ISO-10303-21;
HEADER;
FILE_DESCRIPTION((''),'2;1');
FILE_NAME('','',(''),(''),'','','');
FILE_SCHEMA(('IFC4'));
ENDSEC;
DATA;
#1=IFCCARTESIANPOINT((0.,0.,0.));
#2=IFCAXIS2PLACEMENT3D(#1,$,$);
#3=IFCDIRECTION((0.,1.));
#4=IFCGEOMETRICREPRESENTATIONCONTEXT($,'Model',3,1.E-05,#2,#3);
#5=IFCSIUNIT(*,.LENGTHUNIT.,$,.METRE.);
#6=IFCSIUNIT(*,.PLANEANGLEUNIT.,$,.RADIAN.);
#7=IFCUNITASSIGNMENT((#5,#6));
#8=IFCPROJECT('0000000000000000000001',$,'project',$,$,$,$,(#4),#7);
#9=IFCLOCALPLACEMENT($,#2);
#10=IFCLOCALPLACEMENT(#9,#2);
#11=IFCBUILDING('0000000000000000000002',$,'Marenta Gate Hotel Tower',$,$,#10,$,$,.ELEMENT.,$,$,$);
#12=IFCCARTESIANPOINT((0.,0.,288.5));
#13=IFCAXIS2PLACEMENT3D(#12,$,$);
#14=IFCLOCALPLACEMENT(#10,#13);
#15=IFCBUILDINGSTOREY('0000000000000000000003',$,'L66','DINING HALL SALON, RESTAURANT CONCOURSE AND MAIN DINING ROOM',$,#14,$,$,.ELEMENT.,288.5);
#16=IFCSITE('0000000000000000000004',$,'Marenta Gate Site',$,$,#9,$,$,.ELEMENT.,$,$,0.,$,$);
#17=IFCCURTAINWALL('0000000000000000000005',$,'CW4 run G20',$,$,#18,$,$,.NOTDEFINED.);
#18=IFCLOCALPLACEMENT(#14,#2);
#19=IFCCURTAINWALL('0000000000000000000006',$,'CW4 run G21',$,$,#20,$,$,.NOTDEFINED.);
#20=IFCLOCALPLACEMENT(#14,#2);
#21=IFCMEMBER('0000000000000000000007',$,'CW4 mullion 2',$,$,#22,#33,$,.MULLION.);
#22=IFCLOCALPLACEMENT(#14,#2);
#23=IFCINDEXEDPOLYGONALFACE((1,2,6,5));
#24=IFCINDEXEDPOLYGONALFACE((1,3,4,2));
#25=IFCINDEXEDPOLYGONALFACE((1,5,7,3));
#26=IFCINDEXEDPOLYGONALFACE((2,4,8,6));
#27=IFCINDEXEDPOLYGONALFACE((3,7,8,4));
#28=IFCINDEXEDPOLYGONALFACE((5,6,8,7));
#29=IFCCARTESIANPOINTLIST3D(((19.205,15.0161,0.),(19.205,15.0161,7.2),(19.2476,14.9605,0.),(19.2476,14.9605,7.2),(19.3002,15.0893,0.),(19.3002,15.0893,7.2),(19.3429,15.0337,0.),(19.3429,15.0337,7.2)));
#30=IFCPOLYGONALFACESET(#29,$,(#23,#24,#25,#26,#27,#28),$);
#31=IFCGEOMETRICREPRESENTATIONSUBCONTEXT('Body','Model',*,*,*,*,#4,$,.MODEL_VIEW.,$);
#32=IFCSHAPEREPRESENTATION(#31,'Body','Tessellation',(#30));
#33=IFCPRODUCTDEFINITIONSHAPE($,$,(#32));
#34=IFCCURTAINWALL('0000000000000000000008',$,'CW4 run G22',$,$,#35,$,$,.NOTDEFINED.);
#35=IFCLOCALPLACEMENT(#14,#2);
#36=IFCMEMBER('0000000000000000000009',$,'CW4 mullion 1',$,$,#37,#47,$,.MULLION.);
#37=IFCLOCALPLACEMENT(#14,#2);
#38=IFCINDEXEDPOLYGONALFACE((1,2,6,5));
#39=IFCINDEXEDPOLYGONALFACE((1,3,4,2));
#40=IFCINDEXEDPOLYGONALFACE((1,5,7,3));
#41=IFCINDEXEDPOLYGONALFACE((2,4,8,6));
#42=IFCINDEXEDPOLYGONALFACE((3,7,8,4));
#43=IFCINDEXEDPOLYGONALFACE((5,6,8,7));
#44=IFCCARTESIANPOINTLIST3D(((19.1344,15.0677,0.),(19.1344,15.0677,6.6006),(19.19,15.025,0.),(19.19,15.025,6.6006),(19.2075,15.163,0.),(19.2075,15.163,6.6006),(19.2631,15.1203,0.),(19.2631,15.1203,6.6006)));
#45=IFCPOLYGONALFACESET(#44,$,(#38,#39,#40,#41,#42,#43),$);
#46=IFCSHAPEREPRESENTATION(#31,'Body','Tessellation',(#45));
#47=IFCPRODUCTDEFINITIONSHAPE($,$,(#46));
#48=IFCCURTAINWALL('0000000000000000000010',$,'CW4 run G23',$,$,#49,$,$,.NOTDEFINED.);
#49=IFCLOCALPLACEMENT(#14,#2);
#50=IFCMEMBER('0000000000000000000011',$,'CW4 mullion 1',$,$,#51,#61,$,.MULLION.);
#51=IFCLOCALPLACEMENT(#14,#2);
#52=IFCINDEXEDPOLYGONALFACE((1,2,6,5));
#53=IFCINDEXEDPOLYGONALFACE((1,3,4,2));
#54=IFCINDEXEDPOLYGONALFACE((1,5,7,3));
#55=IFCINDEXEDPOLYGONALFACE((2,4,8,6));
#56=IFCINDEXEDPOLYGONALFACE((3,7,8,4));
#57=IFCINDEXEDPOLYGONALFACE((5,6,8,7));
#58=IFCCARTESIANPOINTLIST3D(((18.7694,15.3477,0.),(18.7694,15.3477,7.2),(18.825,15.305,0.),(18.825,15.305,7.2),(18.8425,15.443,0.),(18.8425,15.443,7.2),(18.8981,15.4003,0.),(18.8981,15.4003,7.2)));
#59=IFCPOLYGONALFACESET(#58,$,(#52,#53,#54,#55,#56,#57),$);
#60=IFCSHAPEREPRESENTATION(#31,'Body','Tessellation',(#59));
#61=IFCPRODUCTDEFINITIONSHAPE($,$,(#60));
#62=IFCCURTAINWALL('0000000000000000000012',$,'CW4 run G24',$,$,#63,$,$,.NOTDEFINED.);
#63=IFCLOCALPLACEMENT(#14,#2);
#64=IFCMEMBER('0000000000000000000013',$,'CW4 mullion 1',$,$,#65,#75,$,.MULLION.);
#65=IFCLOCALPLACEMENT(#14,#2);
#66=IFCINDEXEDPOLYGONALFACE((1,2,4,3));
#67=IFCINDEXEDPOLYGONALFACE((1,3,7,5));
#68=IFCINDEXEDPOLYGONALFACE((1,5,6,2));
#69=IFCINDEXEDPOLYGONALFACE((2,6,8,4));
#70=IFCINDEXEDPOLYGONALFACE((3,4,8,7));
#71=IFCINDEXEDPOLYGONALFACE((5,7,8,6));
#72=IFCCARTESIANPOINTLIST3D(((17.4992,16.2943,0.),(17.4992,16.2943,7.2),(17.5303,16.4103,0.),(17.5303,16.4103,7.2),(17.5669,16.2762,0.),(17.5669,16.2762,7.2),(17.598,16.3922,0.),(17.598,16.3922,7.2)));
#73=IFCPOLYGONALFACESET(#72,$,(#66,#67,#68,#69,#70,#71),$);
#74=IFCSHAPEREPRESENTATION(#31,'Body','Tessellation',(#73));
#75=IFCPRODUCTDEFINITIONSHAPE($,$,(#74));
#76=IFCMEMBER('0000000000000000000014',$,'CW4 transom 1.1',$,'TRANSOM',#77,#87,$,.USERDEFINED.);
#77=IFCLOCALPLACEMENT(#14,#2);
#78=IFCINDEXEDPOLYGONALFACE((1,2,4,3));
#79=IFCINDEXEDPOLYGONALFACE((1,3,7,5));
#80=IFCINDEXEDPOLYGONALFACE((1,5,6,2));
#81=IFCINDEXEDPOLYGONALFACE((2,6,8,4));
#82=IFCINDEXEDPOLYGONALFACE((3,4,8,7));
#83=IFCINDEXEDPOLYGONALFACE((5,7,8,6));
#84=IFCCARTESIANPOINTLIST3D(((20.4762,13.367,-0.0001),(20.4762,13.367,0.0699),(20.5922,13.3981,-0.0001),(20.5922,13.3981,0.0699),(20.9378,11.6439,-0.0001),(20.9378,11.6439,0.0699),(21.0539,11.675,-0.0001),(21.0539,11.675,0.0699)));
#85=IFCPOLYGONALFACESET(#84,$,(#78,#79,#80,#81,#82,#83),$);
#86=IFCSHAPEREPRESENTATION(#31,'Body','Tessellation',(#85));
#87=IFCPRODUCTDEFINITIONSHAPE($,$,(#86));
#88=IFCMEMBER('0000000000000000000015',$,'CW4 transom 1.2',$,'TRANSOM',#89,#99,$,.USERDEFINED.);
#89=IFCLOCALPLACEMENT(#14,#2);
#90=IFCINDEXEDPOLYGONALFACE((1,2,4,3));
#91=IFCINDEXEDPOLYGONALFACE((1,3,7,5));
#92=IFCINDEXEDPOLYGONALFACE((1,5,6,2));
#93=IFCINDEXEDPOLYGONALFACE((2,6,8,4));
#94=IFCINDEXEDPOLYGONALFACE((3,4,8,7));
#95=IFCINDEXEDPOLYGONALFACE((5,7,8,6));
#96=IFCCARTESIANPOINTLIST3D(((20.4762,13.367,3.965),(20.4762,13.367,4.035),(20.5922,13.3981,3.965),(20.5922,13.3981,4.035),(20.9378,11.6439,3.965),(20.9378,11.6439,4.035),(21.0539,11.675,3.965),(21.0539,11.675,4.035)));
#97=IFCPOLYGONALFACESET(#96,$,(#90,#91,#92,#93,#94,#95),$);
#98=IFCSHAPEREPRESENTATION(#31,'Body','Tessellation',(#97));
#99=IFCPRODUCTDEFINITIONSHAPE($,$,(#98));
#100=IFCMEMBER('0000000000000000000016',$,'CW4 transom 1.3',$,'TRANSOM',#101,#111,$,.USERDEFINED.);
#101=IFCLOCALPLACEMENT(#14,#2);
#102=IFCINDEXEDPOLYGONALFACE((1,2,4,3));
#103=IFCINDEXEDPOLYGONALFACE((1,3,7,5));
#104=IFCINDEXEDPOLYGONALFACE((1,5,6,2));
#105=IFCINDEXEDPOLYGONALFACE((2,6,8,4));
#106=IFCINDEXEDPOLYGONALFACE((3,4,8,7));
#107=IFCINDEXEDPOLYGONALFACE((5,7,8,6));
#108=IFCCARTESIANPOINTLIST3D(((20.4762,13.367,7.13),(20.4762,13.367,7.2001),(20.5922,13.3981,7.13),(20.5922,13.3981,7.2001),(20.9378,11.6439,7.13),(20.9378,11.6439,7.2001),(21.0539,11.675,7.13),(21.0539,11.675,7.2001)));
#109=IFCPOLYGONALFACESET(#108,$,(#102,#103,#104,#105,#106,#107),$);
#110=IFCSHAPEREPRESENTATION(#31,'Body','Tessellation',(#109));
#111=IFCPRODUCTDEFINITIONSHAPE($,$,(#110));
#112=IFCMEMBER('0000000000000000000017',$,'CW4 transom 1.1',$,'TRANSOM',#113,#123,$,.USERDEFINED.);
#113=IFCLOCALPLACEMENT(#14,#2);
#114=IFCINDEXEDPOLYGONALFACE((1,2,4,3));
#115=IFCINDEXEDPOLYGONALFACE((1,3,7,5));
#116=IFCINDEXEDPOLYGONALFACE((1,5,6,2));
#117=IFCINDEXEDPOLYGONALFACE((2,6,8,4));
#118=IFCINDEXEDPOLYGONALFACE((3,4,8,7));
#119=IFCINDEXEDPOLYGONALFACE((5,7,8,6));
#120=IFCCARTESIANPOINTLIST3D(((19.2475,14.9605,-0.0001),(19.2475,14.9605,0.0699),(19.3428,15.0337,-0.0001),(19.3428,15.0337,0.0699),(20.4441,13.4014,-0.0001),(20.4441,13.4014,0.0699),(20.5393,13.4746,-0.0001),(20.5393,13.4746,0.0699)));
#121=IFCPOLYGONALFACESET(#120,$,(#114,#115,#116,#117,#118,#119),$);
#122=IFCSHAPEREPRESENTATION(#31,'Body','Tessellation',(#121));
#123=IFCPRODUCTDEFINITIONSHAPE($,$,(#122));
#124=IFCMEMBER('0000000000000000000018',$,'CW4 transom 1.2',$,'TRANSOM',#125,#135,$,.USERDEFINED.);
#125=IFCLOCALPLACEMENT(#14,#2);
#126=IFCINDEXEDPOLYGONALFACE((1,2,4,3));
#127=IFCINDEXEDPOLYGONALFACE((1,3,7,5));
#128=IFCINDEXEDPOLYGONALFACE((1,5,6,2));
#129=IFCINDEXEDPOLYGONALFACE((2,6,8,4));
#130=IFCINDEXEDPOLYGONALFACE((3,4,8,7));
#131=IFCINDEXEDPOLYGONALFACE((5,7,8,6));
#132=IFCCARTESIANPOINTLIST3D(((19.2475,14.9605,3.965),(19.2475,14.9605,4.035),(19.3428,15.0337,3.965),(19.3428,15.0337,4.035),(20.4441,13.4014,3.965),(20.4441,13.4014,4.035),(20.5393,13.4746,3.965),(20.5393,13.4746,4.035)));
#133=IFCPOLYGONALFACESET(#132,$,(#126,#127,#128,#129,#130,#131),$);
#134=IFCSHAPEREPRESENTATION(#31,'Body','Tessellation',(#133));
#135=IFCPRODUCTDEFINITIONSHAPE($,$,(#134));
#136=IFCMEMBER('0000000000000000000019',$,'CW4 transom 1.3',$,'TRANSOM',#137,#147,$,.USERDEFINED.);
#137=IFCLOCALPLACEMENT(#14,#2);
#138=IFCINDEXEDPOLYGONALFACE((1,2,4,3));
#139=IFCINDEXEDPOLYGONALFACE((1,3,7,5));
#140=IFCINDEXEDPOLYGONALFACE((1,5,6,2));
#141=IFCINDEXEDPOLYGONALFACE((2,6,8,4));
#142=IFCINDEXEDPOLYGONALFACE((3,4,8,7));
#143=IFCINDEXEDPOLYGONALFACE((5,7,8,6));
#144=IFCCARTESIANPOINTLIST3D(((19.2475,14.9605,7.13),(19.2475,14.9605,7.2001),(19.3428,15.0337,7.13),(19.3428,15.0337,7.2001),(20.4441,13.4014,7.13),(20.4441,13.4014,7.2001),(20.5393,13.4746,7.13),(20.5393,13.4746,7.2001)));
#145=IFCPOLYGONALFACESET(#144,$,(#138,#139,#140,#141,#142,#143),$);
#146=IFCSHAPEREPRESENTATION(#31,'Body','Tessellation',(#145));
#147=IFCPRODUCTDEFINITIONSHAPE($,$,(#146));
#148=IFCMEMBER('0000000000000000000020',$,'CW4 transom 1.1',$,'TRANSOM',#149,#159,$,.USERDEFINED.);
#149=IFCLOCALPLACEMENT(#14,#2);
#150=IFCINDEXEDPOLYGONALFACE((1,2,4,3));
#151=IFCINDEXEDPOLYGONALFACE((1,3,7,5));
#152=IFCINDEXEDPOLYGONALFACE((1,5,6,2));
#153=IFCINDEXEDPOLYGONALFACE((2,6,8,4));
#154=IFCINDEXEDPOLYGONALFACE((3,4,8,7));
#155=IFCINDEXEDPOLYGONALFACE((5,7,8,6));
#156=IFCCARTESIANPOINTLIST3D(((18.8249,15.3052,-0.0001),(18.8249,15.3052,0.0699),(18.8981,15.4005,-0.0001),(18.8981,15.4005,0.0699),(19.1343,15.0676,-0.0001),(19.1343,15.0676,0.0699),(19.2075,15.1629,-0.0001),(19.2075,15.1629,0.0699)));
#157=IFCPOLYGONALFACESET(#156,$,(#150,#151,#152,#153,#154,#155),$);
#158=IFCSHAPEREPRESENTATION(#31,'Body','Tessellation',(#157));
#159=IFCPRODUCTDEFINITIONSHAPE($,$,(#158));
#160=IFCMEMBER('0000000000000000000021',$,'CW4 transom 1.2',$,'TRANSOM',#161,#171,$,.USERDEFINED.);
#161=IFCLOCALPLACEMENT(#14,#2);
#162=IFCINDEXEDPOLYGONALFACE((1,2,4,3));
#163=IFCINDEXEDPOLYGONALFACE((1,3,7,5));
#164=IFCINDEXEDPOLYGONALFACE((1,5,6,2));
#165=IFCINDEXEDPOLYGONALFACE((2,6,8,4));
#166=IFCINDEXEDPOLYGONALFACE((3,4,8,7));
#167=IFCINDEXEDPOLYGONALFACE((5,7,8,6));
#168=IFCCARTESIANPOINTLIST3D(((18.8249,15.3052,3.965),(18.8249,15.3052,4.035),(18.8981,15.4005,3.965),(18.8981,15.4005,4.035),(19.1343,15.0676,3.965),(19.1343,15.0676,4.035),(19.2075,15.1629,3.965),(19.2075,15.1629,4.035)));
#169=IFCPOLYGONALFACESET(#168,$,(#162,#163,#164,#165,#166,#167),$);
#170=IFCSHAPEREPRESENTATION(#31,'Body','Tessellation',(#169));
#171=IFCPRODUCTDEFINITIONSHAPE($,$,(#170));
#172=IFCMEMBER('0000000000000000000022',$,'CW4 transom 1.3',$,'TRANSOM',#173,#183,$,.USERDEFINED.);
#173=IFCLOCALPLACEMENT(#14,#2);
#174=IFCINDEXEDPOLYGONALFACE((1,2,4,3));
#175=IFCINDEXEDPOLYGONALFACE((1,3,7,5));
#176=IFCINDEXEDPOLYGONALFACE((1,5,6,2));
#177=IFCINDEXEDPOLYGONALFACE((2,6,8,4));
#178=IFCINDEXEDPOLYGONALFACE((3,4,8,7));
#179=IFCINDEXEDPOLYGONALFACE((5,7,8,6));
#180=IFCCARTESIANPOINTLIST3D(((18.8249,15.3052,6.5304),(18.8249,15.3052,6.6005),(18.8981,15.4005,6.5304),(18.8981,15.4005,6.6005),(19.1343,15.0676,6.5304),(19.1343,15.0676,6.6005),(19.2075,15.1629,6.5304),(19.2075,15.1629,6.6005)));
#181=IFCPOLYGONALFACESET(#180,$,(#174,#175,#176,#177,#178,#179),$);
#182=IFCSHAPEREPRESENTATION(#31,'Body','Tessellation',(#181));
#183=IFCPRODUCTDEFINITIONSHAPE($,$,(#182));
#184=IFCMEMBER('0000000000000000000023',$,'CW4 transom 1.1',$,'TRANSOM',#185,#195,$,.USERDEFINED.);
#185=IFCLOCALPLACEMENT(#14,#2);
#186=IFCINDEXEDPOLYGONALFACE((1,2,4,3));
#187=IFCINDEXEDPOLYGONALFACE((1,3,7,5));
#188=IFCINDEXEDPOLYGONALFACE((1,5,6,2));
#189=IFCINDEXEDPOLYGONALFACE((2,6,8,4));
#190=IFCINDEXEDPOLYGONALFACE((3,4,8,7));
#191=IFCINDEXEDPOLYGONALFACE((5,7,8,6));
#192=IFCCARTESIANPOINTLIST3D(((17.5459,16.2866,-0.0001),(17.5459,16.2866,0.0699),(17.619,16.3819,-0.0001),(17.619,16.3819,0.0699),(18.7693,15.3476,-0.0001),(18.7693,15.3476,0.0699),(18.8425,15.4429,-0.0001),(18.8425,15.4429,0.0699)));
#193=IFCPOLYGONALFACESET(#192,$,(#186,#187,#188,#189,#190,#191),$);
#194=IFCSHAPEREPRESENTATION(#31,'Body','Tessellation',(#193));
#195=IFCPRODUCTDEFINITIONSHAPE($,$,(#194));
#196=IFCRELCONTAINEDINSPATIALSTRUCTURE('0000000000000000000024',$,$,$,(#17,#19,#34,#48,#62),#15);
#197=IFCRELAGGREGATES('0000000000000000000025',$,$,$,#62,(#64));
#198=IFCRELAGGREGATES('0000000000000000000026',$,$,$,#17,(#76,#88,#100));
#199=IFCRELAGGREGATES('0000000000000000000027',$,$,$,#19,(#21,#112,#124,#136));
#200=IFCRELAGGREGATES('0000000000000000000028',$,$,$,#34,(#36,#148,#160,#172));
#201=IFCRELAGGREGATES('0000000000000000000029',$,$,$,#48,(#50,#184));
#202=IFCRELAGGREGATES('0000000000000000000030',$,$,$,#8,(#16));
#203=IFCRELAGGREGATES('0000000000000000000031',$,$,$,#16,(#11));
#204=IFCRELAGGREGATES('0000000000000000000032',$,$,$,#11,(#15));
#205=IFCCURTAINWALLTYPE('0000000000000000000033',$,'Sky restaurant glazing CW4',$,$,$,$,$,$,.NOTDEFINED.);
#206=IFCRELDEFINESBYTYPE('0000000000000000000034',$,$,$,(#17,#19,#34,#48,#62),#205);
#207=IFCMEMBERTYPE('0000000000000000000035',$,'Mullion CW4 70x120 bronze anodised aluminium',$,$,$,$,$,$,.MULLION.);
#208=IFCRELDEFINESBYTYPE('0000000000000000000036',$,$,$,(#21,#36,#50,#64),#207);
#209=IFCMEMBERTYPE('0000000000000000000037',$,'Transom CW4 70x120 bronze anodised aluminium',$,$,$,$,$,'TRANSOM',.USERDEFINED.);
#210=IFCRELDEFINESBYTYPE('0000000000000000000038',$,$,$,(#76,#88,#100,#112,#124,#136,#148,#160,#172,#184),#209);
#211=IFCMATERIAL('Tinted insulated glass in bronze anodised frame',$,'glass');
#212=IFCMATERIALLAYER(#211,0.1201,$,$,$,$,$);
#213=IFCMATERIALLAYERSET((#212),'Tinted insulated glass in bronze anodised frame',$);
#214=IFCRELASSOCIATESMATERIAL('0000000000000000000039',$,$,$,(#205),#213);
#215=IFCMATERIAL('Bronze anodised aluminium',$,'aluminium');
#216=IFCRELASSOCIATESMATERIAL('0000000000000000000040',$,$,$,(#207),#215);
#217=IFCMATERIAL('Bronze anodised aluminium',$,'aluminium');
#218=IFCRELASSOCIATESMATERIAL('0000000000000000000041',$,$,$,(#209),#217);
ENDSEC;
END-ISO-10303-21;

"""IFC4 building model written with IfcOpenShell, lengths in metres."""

from ifc_helpers import new_model, si_unit, direction, frame, origin, origin_2d, place, context, subcontext, project, spatial, rectangle, extrude, material, layer, layer_set, material_profile, profile_set, type_object, element, aggregate, save


model = new_model("IFC4")

# Units and contexts
model_context = context("Model", 3, precision=1e-05, world=origin(), true_north=direction((0.0, 1.0)))
body_context = subcontext(model_context, "Body", "Model", "MODEL_VIEW")
ifc_project = project(units=[si_unit("LENGTHUNIT", "METRE"), si_unit("PLANEANGLEUNIT", "RADIAN")], contexts=[model_context])

# Site, building, storey
site_placement = place(None, origin())
site = spatial("IfcSite", under=ifc_project, at=site_placement, Name="Marenta Gate Site", CompositionType="ELEMENT", RefElevation=0.0)
building_placement = place(site_placement, origin())
building = spatial("IfcBuilding", under=site, at=building_placement, Name="Marenta Gate Hotel Tower", CompositionType="ELEMENT")
storey_placement = place(building_placement, frame((0.0, 0.0, 288.5)))
storey = spatial("IfcBuildingStorey", under=building, at=storey_placement, Name="L66", Description="DINING HALL SALON, RESTAURANT CONCOURSE AND MAIN DINING ROOM", CompositionType="ELEMENT", Elevation=288.5)

# Curtain wall
ifc_material_1 = material(Name="Tinted insulated glass in bronze anodised frame", Category="glass")
ifc_layer_1 = layer(ifc_material_1, 0.1201)
ifc_layer_set_1 = layer_set([ifc_layer_1], Name="Tinted insulated glass in bronze anodised frame")
curtain_wall_type = type_object("IfcCurtainWallType", Name="Sky restaurant glazing CW4", PredefinedType="NOTDEFINED", material=ifc_layer_set_1)
curtain_wall_1_placement = place(storey_placement, origin())
curtain_wall_1 = element("IfcCurtainWall", 1, at=curtain_wall_1_placement, inside=storey, type_object=curtain_wall_type, Name="CW4 run G20", PredefinedType="NOTDEFINED")
ifc_material_2 = material(Name="Bronze anodised aluminium", Category="aluminium")
ifc_material_profile_1 = material_profile(ifc_material_2, rectangle(XDim=0.1201, YDim=0.0701, at=origin_2d()), Name="Mullion CW4 70x120 bronze anodised aluminium")
ifc_profile_set_1 = profile_set([ifc_material_profile_1], Name="Bronze anodised aluminium")
member_type_1 = type_object("IfcMemberType", Name="Mullion CW4 70x120 bronze anodised aluminium", PredefinedType="MULLION", material=ifc_profile_set_1)

# Curtain wall, member
curtain_wall_2_placement = place(storey_placement, origin())
curtain_wall_2 = element("IfcCurtainWall", 2, at=curtain_wall_2_placement, inside=storey, type_object=curtain_wall_type, Name="CW4 run G21", PredefinedType="NOTDEFINED")
member_1_placement = place(storey_placement, frame((19.2739, 15.0249, 0.0), z_axis=(0.0, 0.0, 1.0), x_axis=(-0.793333, -0.608787, 0.0)))
member_1 = element("IfcMember", 3, at=member_1_placement, type_object=member_type_1, Name="CW4 mullion 2", PredefinedType="MULLION", context=body_context, shape_type="SweptSolid", body=[
    extrude(rectangle(XDim=0.1201, YDim=0.0701, at=origin_2d()), origin(), (0.0, 0.0, 1.0), 7.2),
])

# Curtain walls, members
curtain_wall_3_placement = place(storey_placement, origin())
curtain_wall_3 = element("IfcCurtainWall", 4, at=curtain_wall_3_placement, inside=storey, type_object=curtain_wall_type, Name="CW4 run G22", PredefinedType="NOTDEFINED")
member_2_placement = place(storey_placement, frame((19.1987, 15.094, 0.0), z_axis=(0.0, 0.0, 1.0), x_axis=(-0.608797, -0.793326, 0.0)))
member_2 = element("IfcMember", 5, at=member_2_placement, type_object=member_type_1, Name="CW4 mullion 1", PredefinedType="MULLION", context=body_context, shape_type="SweptSolid", body=[
    extrude(rectangle(XDim=0.1201, YDim=0.0701, at=origin_2d()), origin(), (0.0, 0.0, 1.0), 6.6006),
])
curtain_wall_4_placement = place(storey_placement, origin())
curtain_wall_4 = element("IfcCurtainWall", 6, at=curtain_wall_4_placement, inside=storey, type_object=curtain_wall_type, Name="CW4 run G23", PredefinedType="NOTDEFINED")
member_3_placement = place(storey_placement, frame((18.8337, 15.374, 0.0), z_axis=(0.0, 0.0, 1.0), x_axis=(-0.608796, -0.793327, 0.0)))
member_3 = element("IfcMember", 7, at=member_3_placement, type_object=member_type_1, Name="CW4 mullion 1", PredefinedType="MULLION", context=body_context, shape_type="SweptSolid", body=[
    extrude(rectangle(XDim=0.1201, YDim=0.0701, at=origin_2d()), origin(), (0.0, 0.0, 1.0), 7.2),
])
curtain_wall_5_placement = place(storey_placement, origin())
curtain_wall_5 = element("IfcCurtainWall", 8, at=curtain_wall_5_placement, inside=storey, type_object=curtain_wall_type, Name="CW4 run G24", PredefinedType="NOTDEFINED")
member_4_placement = place(storey_placement, frame((17.5486, 16.3433, 0.0), z_axis=(0.0, 0.0, 1.0), x_axis=(-0.258805, -0.96593, 0.0)))
member_4 = element("IfcMember", 9, at=member_4_placement, type_object=member_type_1, Name="CW4 mullion 1", PredefinedType="MULLION", context=body_context, shape_type="SweptSolid", body=[
    extrude(rectangle(XDim=0.1201, YDim=0.0701, at=origin_2d()), origin(), (0.0, 0.0, 1.0), 7.2),
])
aggregate(curtain_wall_5, [member_4])

# Members
ifc_material_3 = material(Name="Bronze anodised aluminium", Category="aluminium")
ifc_material_profile_2 = material_profile(ifc_material_3, rectangle(XDim=0.1201, YDim=0.0701, at=origin_2d()), Name="Transom CW4 70x120 bronze anodised aluminium")
ifc_profile_set_2 = profile_set([ifc_material_profile_2], Name="Bronze anodised aluminium")
member_type_2 = type_object("IfcMemberType", Name="Transom CW4 70x120 bronze anodised aluminium", ElementType="TRANSOM", PredefinedType="USERDEFINED", material=ifc_profile_set_2)
member_5_placement = place(storey_placement, frame((20.9958, 11.6594, 0.0349), z_axis=(-0.258795, 0.965932, 0.0), x_axis=(-0.965932, -0.258795, 0.0)))
member_5 = element("IfcMember", 10, at=member_5_placement, type_object=member_type_2, Name="CW4 transom 1.1", ObjectType="TRANSOM", PredefinedType="USERDEFINED", context=body_context, shape_type="SweptSolid", body=[
    extrude(rectangle(XDim=0.1201, YDim=0.0701, at=origin_2d()), origin(), (0.0, 0.0, 1.0), 1.7839),
])
member_6_placement = place(storey_placement, frame((20.9958, 11.6594, 4.0), z_axis=(-0.258795, 0.965932, 0.0), x_axis=(-0.965932, -0.258795, 0.0)))
member_6 = element("IfcMember", 11, at=member_6_placement, type_object=member_type_2, Name="CW4 transom 1.2", ObjectType="TRANSOM", PredefinedType="USERDEFINED", context=body_context, shape_type="SweptSolid", body=[
    extrude(rectangle(XDim=0.1201, YDim=0.0701, at=origin_2d()), origin(), (0.0, 0.0, 1.0), 1.7839),
])
member_7_placement = place(storey_placement, frame((20.9958, 11.6594, 7.165), z_axis=(-0.258795, 0.965932, 0.0), x_axis=(-0.965932, -0.258795, 0.0)))
member_7 = element("IfcMember", 12, at=member_7_placement, type_object=member_type_2, Name="CW4 transom 1.3", ObjectType="TRANSOM", PredefinedType="USERDEFINED", context=body_context, shape_type="SweptSolid", body=[
    extrude(rectangle(XDim=0.1201, YDim=0.0701, at=origin_2d()), origin(), (0.0, 0.0, 1.0), 1.7839),
])
member_8_placement = place(storey_placement, frame((20.4917, 13.438, 0.0349), z_axis=(-0.608828, 0.793302, 0.0), x_axis=(-0.793302, -0.608828, 0.0)))
member_8 = element("IfcMember", 13, at=member_8_placement, type_object=member_type_2, Name="CW4 transom 1.1", ObjectType="TRANSOM", PredefinedType="USERDEFINED", context=body_context, shape_type="SweptSolid", body=[
    extrude(rectangle(XDim=0.1201, YDim=0.0701, at=origin_2d()), origin(), (0.0, 0.0, 1.0), 1.9653),
])
member_9_placement = place(storey_placement, frame((20.4917, 13.438, 4.0), z_axis=(-0.608828, 0.793302, 0.0), x_axis=(-0.793302, -0.608828, 0.0)))
member_9 = element("IfcMember", 14, at=member_9_placement, type_object=member_type_2, Name="CW4 transom 1.2", ObjectType="TRANSOM", PredefinedType="USERDEFINED", context=body_context, shape_type="SweptSolid", body=[
    extrude(rectangle(XDim=0.1201, YDim=0.0701, at=origin_2d()), origin(), (0.0, 0.0, 1.0), 1.9653),
])
member_10_placement = place(storey_placement, frame((20.4917, 13.438, 7.165), z_axis=(-0.608828, 0.793302, 0.0), x_axis=(-0.793302, -0.608828, 0.0)))
member_10 = element("IfcMember", 15, at=member_10_placement, type_object=member_type_2, Name="CW4 transom 1.3", ObjectType="TRANSOM", PredefinedType="USERDEFINED", context=body_context, shape_type="SweptSolid", body=[
    extrude(rectangle(XDim=0.1201, YDim=0.0701, at=origin_2d()), origin(), (0.0, 0.0, 1.0), 1.9653),
])
member_11_placement = place(storey_placement, frame((19.1709, 15.1152, 0.0349), z_axis=(-0.793112, 0.609075, 0.0), x_axis=(-0.609075, -0.793112, 0.0)))
member_11 = element("IfcMember", 16, at=member_11_placement, type_object=member_type_2, Name="CW4 transom 1.1", ObjectType="TRANSOM", PredefinedType="USERDEFINED", context=body_context, shape_type="SweptSolid", body=[
    extrude(rectangle(XDim=0.1201, YDim=0.0701, at=origin_2d()), origin(), (0.0, 0.0, 1.0), 0.3901),
])
member_12_placement = place(storey_placement, frame((19.1709, 15.1152, 4.0), z_axis=(-0.793112, 0.609075, 0.0), x_axis=(-0.609075, -0.793112, 0.0)))
member_12 = element("IfcMember", 17, at=member_12_placement, type_object=member_type_2, Name="CW4 transom 1.2", ObjectType="TRANSOM", PredefinedType="USERDEFINED", context=body_context, shape_type="SweptSolid", body=[
    extrude(rectangle(XDim=0.1201, YDim=0.0701, at=origin_2d()), origin(), (0.0, 0.0, 1.0), 0.3901),
])
member_13_placement = place(storey_placement, frame((19.1709, 15.1152, 6.5654), z_axis=(-0.793112, 0.609075, 0.0), x_axis=(-0.609075, -0.793112, 0.0)))
member_13 = element("IfcMember", 18, at=member_13_placement, type_object=member_type_2, Name="CW4 transom 1.3", ObjectType="TRANSOM", PredefinedType="USERDEFINED", context=body_context, shape_type="SweptSolid", body=[
    extrude(rectangle(XDim=0.1201, YDim=0.0701, at=origin_2d()), origin(), (0.0, 0.0, 1.0), 0.3901),
])
member_14_placement = place(storey_placement, frame((18.8059, 15.3953, 0.0349), z_axis=(-0.793283, 0.608854, 0.0), x_axis=(-0.608854, -0.793283, 0.0)))
member_14 = element("IfcMember", 19, at=member_14_placement, type_object=member_type_2, Name="CW4 transom 1.1", ObjectType="TRANSOM", PredefinedType="USERDEFINED", context=body_context, shape_type="SweptSolid", body=[
    extrude(rectangle(XDim=0.1201, YDim=0.0701, at=origin_2d()), origin(), (0.0, 0.0, 1.0), 1.5422),
])

aggregate(curtain_wall_1, [member_5, member_6, member_7])
aggregate(curtain_wall_2, [member_1, member_8, member_9, member_10])
aggregate(curtain_wall_3, [member_2, member_11, member_12, member_13])
aggregate(curtain_wall_4, [member_3, member_14])

save(model, "model.ifc")
